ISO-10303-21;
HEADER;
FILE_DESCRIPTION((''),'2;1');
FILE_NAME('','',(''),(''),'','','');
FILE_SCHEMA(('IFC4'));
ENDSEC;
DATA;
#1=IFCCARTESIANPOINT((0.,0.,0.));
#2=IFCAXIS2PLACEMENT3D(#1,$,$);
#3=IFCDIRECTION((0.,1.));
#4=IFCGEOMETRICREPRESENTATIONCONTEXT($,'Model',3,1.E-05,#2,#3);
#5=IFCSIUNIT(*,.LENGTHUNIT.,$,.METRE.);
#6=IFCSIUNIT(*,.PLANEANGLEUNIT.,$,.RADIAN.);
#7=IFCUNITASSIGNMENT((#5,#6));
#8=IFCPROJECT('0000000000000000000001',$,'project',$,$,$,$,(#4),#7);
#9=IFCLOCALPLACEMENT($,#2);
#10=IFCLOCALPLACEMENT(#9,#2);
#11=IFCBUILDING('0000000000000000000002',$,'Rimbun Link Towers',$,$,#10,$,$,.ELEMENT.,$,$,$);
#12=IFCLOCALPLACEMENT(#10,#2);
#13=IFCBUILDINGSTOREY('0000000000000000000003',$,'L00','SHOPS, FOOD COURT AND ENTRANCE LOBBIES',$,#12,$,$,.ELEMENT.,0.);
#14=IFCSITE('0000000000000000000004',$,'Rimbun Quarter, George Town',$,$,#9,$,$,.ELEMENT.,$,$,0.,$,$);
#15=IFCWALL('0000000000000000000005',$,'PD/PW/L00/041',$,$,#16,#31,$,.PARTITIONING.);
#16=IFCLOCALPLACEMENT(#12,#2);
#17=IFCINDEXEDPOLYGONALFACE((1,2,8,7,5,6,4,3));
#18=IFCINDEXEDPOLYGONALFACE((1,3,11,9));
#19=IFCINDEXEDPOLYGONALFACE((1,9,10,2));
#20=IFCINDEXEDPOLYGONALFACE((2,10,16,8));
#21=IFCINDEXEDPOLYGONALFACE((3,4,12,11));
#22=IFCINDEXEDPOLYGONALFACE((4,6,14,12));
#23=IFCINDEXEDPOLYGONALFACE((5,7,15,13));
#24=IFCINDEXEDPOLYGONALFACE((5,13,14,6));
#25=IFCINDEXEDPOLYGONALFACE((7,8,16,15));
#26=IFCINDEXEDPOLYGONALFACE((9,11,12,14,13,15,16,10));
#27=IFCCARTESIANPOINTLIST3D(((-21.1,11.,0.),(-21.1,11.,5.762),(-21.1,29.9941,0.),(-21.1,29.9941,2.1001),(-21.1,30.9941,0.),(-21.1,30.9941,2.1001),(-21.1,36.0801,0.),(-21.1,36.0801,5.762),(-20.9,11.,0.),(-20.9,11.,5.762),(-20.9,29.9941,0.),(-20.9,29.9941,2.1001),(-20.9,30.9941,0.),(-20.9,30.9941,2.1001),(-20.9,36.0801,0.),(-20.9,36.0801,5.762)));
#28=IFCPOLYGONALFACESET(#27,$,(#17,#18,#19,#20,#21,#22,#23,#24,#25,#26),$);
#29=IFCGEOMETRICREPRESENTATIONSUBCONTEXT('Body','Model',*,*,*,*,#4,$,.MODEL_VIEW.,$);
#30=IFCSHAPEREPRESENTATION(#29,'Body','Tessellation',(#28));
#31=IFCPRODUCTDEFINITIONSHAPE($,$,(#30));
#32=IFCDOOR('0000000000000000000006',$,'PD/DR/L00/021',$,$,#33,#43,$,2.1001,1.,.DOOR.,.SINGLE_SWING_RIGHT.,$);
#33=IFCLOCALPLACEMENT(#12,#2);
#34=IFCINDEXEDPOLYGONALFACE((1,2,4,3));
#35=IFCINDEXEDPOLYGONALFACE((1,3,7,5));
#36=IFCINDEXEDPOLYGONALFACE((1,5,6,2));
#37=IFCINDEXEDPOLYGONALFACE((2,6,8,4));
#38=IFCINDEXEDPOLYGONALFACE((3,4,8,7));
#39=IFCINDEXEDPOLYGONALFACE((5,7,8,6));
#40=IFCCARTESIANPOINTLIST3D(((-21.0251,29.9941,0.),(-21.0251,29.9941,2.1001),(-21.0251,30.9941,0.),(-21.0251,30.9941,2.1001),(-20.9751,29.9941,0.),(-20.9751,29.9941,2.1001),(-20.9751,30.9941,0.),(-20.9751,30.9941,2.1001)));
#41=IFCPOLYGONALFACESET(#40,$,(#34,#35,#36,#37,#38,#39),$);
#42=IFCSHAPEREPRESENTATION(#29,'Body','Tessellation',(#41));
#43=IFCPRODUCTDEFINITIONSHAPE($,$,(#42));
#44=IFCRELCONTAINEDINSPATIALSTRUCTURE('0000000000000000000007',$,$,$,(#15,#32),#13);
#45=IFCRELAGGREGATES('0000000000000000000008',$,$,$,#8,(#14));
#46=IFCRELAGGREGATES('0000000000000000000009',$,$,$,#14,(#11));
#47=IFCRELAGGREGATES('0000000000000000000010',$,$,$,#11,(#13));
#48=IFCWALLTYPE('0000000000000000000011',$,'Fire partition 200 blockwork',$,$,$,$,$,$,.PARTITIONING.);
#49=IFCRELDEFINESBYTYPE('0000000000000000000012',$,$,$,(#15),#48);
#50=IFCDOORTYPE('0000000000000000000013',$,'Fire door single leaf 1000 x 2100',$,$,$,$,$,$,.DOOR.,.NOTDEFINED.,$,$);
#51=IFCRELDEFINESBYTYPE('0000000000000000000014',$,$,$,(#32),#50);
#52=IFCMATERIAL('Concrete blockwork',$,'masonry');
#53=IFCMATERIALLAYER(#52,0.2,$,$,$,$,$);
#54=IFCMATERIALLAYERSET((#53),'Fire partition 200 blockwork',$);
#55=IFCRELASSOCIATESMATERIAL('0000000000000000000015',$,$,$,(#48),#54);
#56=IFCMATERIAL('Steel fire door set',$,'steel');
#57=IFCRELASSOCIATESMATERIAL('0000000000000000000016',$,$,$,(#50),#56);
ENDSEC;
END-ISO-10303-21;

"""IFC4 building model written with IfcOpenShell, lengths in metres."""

from ifc_helpers import new_model, si_unit, direction, frame, frame_2d, origin, place, context, subcontext, project, spatial, rectangle, extrude, material, layer, layer_set, type_object, element, fill, save


model = new_model("IFC4")

# Units and contexts
model_context = context("Model", 3, precision=1e-05, world=origin(), true_north=direction((0.0, 1.0)))
body_context = subcontext(model_context, "Body", "Model", "MODEL_VIEW")
ifc_project = project(units=[si_unit("LENGTHUNIT", "METRE"), si_unit("PLANEANGLEUNIT", "RADIAN")], contexts=[model_context])

# Site, building, storey
site_placement = place(None, origin())
site = spatial("IfcSite", under=ifc_project, at=site_placement, Name="Rimbun Quarter, George Town", CompositionType="ELEMENT", RefElevation=0.0)
building_placement = place(site_placement, origin())
building = spatial("IfcBuilding", under=site, at=building_placement, Name="Rimbun Link Towers", CompositionType="ELEMENT")
storey_placement = place(building_placement, origin())
storey = spatial("IfcBuildingStorey", under=building, at=storey_placement, Name="L00", Description="SHOPS, FOOD COURT AND ENTRANCE LOBBIES", CompositionType="ELEMENT", Elevation=0.0)

# Wall, opening, door
ifc_material_1 = material(Name="Concrete blockwork", Category="masonry")
ifc_layer_1 = layer(ifc_material_1, 0.2)
ifc_layer_set_1 = layer_set([ifc_layer_1], Name="Fire partition 200 blockwork")
wall_type_1 = type_object("IfcWallType", Name="Fire partition 200 blockwork", PredefinedType="PARTITIONING", material=ifc_layer_set_1)
wall_1_placement = place(storey_placement, frame((-21.0, 36.0801, 0.0), z_axis=(0.0, 0.0, 1.0), x_axis=(0.0, -1.0, 0.0)))
wall_1 = element("IfcWall", 1, at=wall_1_placement, inside=storey, type_object=wall_type_1, Name="PD/PW/L00/041", PredefinedType="PARTITIONING", context=body_context, shape_type="SweptSolid", body=[
    extrude(rectangle(XDim=25.0801, YDim=0.2, at=frame_2d((12.54, 0.0))), origin(), (0.0, 0.0, 1.0), 5.762),
])
opening_1_placement = place(wall_1_placement, frame((5.0859, 0.0, 0.0)))
opening_1 = element("IfcOpeningElement", 2, at=opening_1_placement, cuts=wall_1, PredefinedType="OPENING", context=body_context, shape_type="SweptSolid", body=[
    extrude(rectangle(XDim=1.0, YDim=2.1001, at=frame_2d((0.5, 1.05))), frame((0.0, 0.1099, 0.0), z_axis=(0.0, -1.0, 0.0), x_axis=(1.0, 0.0, 0.0)), (0.0, 0.0, 1.0), 0.22),
])
ifc_material_2 = material(Name="Steel fire door set", Category="steel")
door_type_1 = type_object("IfcDoorType", Name="Fire door single leaf 1000 x 2100", OperationType="NOTDEFINED", PredefinedType="DOOR", material=ifc_material_2)
door_1_placement = place(opening_1_placement, origin())
door_1 = element("IfcDoor", 3, at=door_1_placement, inside=storey, type_object=door_type_1, Name="PD/DR/L00/021", OperationType="SINGLE_SWING_RIGHT", OverallHeight=2.1001, OverallWidth=1.0, PredefinedType="DOOR", context=body_context, shape_type="SweptSolid", body=[
    extrude(rectangle(XDim=1.0, YDim=2.1001, at=frame_2d((0.5, 1.05))), frame((0.0, 0.0249, 0.0), z_axis=(0.0, -1.0, 0.0), x_axis=(1.0, 0.0, 0.0)), (0.0, 0.0, 1.0), 0.05),
])
fill(opening_1, door_1)

save(model, "model.ifc")
